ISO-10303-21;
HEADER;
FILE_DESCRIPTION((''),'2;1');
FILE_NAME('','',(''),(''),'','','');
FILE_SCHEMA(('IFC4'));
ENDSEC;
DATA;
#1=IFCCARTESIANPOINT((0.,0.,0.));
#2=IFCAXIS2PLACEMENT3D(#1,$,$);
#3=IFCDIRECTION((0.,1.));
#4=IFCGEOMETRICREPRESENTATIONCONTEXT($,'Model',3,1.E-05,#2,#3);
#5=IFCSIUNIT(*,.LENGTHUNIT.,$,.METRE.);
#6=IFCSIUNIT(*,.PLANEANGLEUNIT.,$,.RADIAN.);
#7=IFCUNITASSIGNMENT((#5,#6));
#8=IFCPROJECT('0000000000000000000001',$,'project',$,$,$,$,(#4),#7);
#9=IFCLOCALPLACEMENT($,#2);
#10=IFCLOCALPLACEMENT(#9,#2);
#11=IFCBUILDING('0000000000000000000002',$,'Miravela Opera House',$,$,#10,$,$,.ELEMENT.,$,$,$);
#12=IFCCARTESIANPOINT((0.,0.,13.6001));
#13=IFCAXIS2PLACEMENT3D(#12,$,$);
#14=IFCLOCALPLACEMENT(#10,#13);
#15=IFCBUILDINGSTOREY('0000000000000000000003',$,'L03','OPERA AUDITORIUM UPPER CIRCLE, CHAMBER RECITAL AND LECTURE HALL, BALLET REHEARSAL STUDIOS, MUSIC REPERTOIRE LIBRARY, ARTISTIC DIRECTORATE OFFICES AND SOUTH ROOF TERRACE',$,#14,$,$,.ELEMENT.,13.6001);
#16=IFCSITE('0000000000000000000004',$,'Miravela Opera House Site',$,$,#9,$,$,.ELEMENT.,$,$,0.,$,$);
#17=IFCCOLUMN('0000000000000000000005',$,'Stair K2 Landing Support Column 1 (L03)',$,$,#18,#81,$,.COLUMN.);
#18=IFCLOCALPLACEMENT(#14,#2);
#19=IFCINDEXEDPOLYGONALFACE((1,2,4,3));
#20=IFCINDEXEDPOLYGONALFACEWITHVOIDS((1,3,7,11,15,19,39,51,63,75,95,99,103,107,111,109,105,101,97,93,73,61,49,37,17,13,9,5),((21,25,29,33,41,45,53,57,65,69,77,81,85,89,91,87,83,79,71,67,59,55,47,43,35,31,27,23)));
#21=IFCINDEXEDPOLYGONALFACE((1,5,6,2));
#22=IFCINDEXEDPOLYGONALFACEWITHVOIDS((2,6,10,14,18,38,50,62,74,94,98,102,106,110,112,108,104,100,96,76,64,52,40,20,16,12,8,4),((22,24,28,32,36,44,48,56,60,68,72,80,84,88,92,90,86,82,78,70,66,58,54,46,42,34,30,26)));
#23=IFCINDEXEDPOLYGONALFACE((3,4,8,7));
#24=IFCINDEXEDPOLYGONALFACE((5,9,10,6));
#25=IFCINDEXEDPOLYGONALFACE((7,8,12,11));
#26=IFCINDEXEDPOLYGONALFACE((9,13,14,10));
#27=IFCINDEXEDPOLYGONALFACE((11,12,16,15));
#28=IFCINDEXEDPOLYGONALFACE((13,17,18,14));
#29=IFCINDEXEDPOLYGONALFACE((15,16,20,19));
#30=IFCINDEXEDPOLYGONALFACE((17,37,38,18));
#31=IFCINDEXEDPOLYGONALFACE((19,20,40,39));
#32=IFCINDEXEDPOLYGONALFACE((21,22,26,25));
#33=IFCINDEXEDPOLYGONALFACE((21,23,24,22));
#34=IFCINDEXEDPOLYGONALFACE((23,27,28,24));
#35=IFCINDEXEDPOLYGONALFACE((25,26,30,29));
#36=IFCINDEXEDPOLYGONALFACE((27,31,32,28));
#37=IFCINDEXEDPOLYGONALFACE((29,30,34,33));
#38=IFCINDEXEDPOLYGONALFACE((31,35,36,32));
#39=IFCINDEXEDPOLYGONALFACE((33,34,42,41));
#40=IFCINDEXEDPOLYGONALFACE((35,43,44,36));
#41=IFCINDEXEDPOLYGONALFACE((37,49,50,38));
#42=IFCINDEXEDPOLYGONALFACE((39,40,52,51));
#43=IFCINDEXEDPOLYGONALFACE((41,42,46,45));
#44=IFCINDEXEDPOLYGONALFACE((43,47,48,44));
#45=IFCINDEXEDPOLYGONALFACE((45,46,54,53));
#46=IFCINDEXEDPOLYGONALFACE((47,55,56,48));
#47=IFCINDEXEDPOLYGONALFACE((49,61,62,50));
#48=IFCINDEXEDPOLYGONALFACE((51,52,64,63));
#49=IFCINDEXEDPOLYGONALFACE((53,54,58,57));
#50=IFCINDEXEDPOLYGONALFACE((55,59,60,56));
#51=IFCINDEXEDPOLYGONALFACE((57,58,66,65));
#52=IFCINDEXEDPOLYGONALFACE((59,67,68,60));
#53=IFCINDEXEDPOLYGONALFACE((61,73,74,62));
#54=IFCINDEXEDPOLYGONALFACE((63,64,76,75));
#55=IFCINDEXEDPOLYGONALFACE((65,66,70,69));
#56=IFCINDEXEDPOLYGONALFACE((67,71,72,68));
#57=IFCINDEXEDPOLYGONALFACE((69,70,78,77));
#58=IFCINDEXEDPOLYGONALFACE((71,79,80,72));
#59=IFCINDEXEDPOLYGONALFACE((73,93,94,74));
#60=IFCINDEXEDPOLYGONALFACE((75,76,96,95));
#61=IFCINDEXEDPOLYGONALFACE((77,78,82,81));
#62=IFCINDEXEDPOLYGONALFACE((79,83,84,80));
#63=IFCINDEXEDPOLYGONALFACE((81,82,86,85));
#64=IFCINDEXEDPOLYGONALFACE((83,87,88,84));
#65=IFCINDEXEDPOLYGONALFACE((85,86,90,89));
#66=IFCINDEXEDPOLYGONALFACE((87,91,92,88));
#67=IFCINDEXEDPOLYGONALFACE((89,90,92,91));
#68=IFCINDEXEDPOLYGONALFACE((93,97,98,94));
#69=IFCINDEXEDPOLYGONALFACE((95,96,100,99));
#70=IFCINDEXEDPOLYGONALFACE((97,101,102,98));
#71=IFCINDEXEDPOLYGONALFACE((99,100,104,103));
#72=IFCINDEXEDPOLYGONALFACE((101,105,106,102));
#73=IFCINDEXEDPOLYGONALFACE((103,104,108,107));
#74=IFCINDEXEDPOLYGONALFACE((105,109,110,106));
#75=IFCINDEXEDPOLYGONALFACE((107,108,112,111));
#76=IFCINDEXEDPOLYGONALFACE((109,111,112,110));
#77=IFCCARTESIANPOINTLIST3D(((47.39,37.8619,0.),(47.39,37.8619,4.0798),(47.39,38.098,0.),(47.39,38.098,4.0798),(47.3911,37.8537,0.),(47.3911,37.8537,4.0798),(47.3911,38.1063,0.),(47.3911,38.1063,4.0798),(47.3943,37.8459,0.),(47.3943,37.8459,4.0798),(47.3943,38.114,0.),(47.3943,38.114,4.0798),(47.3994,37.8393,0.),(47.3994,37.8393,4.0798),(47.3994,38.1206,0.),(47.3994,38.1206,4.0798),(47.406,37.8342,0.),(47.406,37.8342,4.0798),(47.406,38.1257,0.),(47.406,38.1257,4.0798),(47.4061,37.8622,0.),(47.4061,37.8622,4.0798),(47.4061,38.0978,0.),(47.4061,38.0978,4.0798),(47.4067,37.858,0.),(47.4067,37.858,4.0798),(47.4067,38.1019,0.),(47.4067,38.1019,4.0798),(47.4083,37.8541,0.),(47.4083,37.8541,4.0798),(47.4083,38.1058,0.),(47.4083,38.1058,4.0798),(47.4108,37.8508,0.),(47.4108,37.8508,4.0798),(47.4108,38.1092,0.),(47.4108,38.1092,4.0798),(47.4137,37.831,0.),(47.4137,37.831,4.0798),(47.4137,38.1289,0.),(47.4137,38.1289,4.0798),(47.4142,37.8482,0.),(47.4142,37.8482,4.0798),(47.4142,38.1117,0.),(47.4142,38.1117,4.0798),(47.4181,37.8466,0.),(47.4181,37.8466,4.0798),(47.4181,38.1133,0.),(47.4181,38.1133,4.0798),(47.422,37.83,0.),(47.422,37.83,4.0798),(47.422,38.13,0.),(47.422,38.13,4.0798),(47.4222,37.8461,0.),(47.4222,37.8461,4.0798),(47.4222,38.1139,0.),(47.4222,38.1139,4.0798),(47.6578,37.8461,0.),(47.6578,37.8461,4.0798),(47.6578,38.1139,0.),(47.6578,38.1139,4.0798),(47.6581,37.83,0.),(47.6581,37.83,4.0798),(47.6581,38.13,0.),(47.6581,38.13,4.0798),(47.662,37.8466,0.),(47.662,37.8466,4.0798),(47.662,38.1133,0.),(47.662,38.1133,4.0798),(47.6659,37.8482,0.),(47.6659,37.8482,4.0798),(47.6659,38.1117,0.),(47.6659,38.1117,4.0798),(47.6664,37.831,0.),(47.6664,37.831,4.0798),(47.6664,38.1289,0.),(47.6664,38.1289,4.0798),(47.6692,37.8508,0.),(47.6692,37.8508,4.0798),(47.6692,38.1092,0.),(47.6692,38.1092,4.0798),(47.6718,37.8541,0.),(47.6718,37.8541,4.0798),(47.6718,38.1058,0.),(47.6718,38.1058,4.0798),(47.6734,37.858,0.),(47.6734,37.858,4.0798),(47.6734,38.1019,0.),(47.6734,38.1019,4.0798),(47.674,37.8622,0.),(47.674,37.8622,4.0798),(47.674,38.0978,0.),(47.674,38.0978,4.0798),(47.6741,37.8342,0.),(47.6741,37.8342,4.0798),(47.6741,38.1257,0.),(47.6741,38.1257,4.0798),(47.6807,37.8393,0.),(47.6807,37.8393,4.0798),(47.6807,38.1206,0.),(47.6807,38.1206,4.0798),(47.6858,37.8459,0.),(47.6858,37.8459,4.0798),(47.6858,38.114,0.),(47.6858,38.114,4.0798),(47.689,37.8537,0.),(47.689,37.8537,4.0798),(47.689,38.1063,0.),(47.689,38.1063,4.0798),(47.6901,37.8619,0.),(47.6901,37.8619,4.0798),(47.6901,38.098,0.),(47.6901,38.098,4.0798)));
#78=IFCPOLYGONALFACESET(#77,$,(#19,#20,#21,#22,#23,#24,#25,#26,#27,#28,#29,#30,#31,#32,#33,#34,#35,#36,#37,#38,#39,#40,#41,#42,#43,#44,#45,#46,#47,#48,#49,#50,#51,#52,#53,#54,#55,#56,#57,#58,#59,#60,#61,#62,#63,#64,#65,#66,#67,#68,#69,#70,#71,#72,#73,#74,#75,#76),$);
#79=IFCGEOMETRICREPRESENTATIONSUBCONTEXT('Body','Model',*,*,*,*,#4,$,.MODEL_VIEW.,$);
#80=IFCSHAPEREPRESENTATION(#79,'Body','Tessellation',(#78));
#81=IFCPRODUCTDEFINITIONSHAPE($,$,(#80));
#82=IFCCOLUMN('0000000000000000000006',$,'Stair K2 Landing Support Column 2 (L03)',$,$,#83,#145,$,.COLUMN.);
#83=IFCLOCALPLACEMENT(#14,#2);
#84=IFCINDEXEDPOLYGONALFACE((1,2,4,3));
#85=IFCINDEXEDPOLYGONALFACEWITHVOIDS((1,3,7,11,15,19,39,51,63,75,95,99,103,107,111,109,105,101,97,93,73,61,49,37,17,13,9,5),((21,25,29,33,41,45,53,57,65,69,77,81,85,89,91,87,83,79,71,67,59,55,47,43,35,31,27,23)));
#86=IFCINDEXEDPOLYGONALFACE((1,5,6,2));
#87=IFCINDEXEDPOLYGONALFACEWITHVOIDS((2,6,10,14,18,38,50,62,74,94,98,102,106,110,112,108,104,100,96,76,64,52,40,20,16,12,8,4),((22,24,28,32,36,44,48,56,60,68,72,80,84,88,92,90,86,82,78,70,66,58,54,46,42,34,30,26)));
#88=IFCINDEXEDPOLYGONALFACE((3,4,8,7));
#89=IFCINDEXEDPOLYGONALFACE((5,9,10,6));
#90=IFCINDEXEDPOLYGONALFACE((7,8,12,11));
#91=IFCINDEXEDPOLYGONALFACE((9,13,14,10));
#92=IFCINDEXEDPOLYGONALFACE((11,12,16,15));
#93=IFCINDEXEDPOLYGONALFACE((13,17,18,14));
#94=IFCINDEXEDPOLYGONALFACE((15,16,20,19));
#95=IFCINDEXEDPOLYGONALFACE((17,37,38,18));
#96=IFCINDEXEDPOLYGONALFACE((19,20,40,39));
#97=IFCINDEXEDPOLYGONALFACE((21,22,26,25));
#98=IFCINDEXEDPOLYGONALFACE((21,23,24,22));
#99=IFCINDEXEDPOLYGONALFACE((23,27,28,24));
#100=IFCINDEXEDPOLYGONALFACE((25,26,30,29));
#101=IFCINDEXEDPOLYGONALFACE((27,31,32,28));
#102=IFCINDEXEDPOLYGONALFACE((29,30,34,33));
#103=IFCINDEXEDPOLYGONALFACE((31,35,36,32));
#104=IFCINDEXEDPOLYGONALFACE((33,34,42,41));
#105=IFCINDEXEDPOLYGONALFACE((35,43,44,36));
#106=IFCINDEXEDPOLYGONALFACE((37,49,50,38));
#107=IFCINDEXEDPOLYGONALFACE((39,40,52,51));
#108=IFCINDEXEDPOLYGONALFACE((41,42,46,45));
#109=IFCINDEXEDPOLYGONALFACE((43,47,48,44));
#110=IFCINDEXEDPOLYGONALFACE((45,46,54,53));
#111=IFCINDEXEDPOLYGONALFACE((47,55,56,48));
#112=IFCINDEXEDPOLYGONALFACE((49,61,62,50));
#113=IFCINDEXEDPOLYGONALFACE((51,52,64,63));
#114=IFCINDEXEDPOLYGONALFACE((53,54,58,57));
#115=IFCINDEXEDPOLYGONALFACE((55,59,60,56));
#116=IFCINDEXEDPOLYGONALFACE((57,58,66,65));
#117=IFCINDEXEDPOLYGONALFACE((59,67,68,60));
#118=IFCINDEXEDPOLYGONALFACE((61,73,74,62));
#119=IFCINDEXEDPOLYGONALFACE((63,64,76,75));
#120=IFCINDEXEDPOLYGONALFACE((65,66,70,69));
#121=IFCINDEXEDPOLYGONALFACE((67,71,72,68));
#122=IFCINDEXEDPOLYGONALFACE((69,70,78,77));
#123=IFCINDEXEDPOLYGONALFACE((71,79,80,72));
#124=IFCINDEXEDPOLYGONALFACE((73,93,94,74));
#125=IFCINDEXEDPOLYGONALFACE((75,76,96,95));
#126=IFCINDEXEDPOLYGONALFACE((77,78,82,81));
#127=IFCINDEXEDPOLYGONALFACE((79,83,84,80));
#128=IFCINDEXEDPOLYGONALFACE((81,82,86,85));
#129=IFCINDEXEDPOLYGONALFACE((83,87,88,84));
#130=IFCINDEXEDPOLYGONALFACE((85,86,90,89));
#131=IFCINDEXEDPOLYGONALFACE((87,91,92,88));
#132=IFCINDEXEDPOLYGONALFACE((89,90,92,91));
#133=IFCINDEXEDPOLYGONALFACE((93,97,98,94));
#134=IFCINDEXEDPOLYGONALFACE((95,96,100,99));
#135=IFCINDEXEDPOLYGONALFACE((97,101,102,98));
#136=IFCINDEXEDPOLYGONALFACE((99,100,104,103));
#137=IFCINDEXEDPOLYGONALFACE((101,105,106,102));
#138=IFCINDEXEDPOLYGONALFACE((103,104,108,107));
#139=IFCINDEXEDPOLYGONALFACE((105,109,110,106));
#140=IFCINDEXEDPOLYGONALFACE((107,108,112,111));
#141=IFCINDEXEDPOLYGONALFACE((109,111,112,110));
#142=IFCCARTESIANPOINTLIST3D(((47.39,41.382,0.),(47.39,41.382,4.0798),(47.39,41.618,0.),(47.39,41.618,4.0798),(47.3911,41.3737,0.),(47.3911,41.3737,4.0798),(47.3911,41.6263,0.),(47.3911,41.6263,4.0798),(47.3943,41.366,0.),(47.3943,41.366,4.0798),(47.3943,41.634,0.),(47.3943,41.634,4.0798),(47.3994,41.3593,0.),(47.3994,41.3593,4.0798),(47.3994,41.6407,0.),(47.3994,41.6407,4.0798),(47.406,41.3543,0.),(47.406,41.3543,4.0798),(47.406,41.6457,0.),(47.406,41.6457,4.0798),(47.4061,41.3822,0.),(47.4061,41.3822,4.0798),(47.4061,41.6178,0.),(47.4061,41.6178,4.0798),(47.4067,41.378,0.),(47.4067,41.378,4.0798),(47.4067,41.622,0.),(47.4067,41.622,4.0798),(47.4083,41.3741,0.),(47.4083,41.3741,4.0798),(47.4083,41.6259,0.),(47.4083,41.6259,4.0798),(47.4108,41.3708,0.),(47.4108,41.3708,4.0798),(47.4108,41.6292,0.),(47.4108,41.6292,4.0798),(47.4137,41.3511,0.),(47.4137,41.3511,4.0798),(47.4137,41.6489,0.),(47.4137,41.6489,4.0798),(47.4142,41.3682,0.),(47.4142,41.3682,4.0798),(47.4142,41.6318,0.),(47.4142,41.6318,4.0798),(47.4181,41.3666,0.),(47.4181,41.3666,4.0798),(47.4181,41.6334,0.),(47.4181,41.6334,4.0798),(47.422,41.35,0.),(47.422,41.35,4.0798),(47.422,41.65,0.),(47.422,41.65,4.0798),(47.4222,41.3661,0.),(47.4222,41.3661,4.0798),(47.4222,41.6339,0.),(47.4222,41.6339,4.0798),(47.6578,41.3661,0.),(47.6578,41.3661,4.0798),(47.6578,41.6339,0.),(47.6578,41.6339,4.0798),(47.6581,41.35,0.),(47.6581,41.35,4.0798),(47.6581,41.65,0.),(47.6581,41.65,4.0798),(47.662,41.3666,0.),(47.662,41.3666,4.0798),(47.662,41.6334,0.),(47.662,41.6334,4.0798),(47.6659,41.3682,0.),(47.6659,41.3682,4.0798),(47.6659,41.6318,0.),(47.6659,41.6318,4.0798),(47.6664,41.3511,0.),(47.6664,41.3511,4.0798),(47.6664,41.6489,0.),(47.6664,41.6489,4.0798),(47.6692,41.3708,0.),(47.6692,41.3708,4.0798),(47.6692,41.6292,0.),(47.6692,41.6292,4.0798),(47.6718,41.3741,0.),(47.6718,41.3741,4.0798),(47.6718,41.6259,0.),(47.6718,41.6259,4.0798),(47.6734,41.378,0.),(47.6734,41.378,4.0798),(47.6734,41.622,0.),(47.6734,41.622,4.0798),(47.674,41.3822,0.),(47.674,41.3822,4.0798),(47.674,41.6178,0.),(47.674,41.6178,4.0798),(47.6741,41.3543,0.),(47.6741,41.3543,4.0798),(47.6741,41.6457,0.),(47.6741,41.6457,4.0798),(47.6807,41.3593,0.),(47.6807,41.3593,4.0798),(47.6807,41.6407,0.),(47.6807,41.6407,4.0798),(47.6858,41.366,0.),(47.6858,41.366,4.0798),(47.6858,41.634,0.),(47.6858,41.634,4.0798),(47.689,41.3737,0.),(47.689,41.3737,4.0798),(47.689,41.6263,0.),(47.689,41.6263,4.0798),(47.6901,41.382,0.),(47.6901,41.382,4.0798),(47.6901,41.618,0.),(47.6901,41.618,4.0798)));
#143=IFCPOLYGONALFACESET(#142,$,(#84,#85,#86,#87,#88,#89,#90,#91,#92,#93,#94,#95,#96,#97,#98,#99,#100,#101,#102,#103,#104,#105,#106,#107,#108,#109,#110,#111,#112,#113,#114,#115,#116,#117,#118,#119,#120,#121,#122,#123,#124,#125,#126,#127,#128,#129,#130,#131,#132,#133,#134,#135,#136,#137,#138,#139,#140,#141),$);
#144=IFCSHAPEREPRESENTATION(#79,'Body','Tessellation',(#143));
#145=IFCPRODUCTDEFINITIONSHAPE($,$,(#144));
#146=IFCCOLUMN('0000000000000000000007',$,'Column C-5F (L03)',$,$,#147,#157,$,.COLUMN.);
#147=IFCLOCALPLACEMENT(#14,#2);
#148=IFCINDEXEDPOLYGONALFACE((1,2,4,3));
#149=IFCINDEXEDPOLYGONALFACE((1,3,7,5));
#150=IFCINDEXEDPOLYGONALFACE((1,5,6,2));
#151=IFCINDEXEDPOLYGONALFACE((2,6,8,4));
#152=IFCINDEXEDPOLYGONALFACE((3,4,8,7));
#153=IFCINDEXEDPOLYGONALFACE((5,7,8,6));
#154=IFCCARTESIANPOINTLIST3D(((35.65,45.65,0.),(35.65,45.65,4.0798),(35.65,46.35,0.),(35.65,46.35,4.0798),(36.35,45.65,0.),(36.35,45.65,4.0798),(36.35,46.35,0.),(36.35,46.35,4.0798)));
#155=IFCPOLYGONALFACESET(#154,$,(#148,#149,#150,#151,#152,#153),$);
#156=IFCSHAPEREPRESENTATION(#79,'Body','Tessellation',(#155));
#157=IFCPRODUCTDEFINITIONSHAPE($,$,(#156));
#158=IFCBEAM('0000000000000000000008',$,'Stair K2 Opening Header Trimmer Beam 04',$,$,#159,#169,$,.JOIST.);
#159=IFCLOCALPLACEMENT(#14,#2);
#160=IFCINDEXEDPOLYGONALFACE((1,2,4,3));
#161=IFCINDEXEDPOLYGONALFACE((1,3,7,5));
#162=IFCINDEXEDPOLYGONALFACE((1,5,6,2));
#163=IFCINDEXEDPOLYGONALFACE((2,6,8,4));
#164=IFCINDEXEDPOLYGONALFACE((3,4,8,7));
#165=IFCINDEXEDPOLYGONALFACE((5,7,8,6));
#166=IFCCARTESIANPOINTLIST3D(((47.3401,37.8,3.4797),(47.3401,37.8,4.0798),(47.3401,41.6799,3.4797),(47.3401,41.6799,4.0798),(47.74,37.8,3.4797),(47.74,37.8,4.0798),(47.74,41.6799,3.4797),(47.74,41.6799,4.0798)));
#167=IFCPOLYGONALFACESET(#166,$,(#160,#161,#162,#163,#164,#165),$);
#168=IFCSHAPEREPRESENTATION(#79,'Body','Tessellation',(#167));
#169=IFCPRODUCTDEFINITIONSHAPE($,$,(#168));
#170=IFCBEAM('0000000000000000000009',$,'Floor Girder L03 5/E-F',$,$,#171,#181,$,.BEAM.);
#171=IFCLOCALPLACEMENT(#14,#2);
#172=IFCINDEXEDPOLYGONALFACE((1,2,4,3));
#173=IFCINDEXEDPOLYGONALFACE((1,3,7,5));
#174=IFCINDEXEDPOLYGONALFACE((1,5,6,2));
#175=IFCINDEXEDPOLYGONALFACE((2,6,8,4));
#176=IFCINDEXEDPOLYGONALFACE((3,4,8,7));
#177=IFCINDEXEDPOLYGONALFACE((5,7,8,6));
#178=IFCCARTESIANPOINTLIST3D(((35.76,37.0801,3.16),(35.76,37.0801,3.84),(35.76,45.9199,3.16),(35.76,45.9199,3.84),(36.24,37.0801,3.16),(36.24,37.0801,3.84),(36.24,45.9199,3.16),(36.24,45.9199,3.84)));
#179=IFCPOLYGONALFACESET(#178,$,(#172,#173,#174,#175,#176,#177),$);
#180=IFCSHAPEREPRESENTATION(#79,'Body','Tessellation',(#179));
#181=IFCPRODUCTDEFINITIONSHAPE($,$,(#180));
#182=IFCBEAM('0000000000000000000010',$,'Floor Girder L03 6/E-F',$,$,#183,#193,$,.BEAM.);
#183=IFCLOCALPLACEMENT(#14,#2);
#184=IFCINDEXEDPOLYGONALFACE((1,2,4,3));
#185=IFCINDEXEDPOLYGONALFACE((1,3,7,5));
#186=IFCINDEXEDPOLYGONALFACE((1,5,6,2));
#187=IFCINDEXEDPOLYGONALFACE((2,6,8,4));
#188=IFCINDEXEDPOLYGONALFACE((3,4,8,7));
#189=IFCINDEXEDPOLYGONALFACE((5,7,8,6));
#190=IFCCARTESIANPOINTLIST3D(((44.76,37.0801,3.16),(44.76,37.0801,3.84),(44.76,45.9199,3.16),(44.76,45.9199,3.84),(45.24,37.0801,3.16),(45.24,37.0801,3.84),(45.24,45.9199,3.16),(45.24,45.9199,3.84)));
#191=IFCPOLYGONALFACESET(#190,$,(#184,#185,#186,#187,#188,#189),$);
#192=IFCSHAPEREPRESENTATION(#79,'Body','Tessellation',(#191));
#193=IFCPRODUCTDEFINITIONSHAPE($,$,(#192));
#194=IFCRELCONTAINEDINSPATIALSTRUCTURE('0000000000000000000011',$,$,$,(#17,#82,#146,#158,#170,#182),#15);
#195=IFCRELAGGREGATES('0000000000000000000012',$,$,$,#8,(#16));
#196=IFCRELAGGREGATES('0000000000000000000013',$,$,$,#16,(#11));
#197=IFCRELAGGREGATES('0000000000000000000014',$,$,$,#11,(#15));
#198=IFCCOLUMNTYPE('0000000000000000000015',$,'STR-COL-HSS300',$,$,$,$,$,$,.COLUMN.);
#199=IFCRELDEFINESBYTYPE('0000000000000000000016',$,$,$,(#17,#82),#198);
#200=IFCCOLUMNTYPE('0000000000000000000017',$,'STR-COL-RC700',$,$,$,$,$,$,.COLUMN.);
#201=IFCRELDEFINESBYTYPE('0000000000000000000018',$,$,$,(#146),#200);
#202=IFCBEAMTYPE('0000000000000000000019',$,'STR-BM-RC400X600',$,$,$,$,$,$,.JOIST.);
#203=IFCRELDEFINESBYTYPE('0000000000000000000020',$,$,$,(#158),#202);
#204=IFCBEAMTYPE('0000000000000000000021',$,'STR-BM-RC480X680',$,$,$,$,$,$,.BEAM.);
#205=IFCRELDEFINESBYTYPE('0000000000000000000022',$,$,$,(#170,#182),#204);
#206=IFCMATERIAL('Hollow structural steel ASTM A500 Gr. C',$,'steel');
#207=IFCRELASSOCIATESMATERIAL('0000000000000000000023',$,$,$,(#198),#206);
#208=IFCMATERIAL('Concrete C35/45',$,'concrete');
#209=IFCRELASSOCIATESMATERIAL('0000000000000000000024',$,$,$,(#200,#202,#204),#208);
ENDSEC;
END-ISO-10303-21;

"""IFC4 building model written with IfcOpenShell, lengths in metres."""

from ifc_helpers import new_model, si_unit, direction, frame, origin, origin_2d, place, context, subcontext, project, spatial, rectangle, hollow_rectangle, extrude, material, material_profile, profile_set, type_object, element, save


model = new_model("IFC4")

# Units and contexts
model_context = context("Model", 3, precision=1e-05, world=origin(), true_north=direction((0.0, 1.0)))
body_context = subcontext(model_context, "Body", "Model", "MODEL_VIEW")
ifc_project = project(units=[si_unit("LENGTHUNIT", "METRE"), si_unit("PLANEANGLEUNIT", "RADIAN")], contexts=[model_context])

# Site, building, storey
site_placement = place(None, origin())
site = spatial("IfcSite", under=ifc_project, at=site_placement, Name="Miravela Opera House Site", CompositionType="ELEMENT", RefElevation=0.0)
building_placement = place(site_placement, origin())
building = spatial("IfcBuilding", under=site, at=building_placement, Name="Miravela Opera House", CompositionType="ELEMENT")
storey_placement = place(building_placement, frame((0.0, 0.0, 13.6001)))
storey = spatial("IfcBuildingStorey", under=building, at=storey_placement, Name="L03", Description="OPERA AUDITORIUM UPPER CIRCLE, CHAMBER RECITAL AND LECTURE HALL, BALLET REHEARSAL STUDIOS, MUSIC REPERTOIRE LIBRARY, ARTISTIC DIRECTORATE OFFICES AND SOUTH ROOF TERRACE", CompositionType="ELEMENT", Elevation=13.6001)

# Columns
ifc_material_1 = material(Name="Hollow structural steel ASTM A500 Gr. C", Category="steel")
ifc_material_profile_1 = material_profile(ifc_material_1, hollow_rectangle(XDim=0.3, YDim=0.3, WallThickness=0.0161, InnerFilletRadius=0.0161, OuterFilletRadius=0.032, at=origin_2d()), Name="HSS300X300X16")
ifc_profile_set_1 = profile_set([ifc_material_profile_1])
column_type_1 = type_object("IfcColumnType", Name="STR-COL-HSS300", PredefinedType="COLUMN", material=ifc_profile_set_1)
for number, where, z_axis, x_axis, name in (
    (1, (47.54, 37.98, 0.0), (0.0, 0.0, 1.0), (1.0, 0.0, 0.0), "Stair K2 Landing Support Column 1 (L03)"),
    (2, (47.54, 41.5, 0.0), (0.0, 0.0, 1.0), (1.0, 0.0, 0.0), "Stair K2 Landing Support Column 2 (L03)"),
):
    element("IfcColumn", number, at=place(storey_placement, frame(where, z_axis=z_axis, x_axis=x_axis)), inside=storey, type_object=column_type_1, Name=name, PredefinedType="COLUMN", context=body_context, shape_type="SweptSolid", body=[
        extrude(hollow_rectangle(XDim=0.3, YDim=0.3, WallThickness=0.0161, InnerFilletRadius=0.0161, OuterFilletRadius=0.032, at=origin_2d()), origin(), (0.0, 0.0, 1.0), 4.0798),
    ])
ifc_material_2 = material(Name="Concrete C35/45", Category="concrete")
ifc_material_profile_2 = material_profile(ifc_material_2, rectangle(XDim=0.7, YDim=0.7, at=origin_2d()), Name="RC-COL-700X700")
ifc_profile_set_2 = profile_set([ifc_material_profile_2])
column_type_2 = type_object("IfcColumnType", Name="STR-COL-RC700", PredefinedType="COLUMN", material=ifc_profile_set_2)
column_placement = place(storey_placement, frame((36.0, 46.0, 0.0), z_axis=(0.0, 0.0, 1.0), x_axis=(1.0, 0.0, 0.0)))
element("IfcColumn", 3, at=column_placement, inside=storey, type_object=column_type_2, Name="Column C-5F (L03)", PredefinedType="COLUMN", context=body_context, shape_type="SweptSolid", body=[
    extrude(rectangle(XDim=0.7, YDim=0.7, at=origin_2d()), origin(), (0.0, 0.0, 1.0), 4.0798),
])

# Beams
ifc_material_profile_3 = material_profile(ifc_material_2, rectangle(XDim=0.3999, YDim=0.6001, at=origin_2d()), Name="RC-BM-400X600")
ifc_profile_set_3 = profile_set([ifc_material_profile_3])
beam_type_1 = type_object("IfcBeamType", Name="STR-BM-RC400X600", PredefinedType="JOIST", material=ifc_profile_set_3)
beam_1_placement = place(storey_placement, frame((47.54, 37.8, 3.7798), z_axis=(0.0, 1.0, 0.0), x_axis=(-1.0, 0.0, 0.0)))
element("IfcBeam", 4, at=beam_1_placement, inside=storey, type_object=beam_type_1, Name="Stair K2 Opening Header Trimmer Beam 04", PredefinedType="JOIST", context=body_context, shape_type="SweptSolid", body=[
    extrude(rectangle(XDim=0.3999, YDim=0.6001, at=origin_2d()), origin(), (0.0, 0.0, 1.0), 3.8799),
])
ifc_material_profile_4 = material_profile(ifc_material_2, rectangle(XDim=0.48, YDim=0.6799, at=origin_2d()), Name="RC-BM-480X680")
ifc_profile_set_4 = profile_set([ifc_material_profile_4])
beam_type_2 = type_object("IfcBeamType", Name="STR-BM-RC480X680", PredefinedType="BEAM", material=ifc_profile_set_4)
for number, where, z_axis, x_axis, name in (
    (5, (36.0, 37.0801, 3.5), (0.0, 1.0, 0.0), (-1.0, 0.0, 0.0), "Floor Girder L03 5/E-F"),
    (6, (45.0, 37.0801, 3.5), (0.0, 1.0, 0.0), (-1.0, 0.0, 0.0), "Floor Girder L03 6/E-F"),
):
    element("IfcBeam", number, at=place(storey_placement, frame(where, z_axis=z_axis, x_axis=x_axis)), inside=storey, type_object=beam_type_2, Name=name, PredefinedType="BEAM", context=body_context, shape_type="SweptSolid", body=[
        extrude(rectangle(XDim=0.48, YDim=0.6799, at=origin_2d()), origin(), (0.0, 0.0, 1.0), 8.8398),
    ])

save(model, "model.ifc")
